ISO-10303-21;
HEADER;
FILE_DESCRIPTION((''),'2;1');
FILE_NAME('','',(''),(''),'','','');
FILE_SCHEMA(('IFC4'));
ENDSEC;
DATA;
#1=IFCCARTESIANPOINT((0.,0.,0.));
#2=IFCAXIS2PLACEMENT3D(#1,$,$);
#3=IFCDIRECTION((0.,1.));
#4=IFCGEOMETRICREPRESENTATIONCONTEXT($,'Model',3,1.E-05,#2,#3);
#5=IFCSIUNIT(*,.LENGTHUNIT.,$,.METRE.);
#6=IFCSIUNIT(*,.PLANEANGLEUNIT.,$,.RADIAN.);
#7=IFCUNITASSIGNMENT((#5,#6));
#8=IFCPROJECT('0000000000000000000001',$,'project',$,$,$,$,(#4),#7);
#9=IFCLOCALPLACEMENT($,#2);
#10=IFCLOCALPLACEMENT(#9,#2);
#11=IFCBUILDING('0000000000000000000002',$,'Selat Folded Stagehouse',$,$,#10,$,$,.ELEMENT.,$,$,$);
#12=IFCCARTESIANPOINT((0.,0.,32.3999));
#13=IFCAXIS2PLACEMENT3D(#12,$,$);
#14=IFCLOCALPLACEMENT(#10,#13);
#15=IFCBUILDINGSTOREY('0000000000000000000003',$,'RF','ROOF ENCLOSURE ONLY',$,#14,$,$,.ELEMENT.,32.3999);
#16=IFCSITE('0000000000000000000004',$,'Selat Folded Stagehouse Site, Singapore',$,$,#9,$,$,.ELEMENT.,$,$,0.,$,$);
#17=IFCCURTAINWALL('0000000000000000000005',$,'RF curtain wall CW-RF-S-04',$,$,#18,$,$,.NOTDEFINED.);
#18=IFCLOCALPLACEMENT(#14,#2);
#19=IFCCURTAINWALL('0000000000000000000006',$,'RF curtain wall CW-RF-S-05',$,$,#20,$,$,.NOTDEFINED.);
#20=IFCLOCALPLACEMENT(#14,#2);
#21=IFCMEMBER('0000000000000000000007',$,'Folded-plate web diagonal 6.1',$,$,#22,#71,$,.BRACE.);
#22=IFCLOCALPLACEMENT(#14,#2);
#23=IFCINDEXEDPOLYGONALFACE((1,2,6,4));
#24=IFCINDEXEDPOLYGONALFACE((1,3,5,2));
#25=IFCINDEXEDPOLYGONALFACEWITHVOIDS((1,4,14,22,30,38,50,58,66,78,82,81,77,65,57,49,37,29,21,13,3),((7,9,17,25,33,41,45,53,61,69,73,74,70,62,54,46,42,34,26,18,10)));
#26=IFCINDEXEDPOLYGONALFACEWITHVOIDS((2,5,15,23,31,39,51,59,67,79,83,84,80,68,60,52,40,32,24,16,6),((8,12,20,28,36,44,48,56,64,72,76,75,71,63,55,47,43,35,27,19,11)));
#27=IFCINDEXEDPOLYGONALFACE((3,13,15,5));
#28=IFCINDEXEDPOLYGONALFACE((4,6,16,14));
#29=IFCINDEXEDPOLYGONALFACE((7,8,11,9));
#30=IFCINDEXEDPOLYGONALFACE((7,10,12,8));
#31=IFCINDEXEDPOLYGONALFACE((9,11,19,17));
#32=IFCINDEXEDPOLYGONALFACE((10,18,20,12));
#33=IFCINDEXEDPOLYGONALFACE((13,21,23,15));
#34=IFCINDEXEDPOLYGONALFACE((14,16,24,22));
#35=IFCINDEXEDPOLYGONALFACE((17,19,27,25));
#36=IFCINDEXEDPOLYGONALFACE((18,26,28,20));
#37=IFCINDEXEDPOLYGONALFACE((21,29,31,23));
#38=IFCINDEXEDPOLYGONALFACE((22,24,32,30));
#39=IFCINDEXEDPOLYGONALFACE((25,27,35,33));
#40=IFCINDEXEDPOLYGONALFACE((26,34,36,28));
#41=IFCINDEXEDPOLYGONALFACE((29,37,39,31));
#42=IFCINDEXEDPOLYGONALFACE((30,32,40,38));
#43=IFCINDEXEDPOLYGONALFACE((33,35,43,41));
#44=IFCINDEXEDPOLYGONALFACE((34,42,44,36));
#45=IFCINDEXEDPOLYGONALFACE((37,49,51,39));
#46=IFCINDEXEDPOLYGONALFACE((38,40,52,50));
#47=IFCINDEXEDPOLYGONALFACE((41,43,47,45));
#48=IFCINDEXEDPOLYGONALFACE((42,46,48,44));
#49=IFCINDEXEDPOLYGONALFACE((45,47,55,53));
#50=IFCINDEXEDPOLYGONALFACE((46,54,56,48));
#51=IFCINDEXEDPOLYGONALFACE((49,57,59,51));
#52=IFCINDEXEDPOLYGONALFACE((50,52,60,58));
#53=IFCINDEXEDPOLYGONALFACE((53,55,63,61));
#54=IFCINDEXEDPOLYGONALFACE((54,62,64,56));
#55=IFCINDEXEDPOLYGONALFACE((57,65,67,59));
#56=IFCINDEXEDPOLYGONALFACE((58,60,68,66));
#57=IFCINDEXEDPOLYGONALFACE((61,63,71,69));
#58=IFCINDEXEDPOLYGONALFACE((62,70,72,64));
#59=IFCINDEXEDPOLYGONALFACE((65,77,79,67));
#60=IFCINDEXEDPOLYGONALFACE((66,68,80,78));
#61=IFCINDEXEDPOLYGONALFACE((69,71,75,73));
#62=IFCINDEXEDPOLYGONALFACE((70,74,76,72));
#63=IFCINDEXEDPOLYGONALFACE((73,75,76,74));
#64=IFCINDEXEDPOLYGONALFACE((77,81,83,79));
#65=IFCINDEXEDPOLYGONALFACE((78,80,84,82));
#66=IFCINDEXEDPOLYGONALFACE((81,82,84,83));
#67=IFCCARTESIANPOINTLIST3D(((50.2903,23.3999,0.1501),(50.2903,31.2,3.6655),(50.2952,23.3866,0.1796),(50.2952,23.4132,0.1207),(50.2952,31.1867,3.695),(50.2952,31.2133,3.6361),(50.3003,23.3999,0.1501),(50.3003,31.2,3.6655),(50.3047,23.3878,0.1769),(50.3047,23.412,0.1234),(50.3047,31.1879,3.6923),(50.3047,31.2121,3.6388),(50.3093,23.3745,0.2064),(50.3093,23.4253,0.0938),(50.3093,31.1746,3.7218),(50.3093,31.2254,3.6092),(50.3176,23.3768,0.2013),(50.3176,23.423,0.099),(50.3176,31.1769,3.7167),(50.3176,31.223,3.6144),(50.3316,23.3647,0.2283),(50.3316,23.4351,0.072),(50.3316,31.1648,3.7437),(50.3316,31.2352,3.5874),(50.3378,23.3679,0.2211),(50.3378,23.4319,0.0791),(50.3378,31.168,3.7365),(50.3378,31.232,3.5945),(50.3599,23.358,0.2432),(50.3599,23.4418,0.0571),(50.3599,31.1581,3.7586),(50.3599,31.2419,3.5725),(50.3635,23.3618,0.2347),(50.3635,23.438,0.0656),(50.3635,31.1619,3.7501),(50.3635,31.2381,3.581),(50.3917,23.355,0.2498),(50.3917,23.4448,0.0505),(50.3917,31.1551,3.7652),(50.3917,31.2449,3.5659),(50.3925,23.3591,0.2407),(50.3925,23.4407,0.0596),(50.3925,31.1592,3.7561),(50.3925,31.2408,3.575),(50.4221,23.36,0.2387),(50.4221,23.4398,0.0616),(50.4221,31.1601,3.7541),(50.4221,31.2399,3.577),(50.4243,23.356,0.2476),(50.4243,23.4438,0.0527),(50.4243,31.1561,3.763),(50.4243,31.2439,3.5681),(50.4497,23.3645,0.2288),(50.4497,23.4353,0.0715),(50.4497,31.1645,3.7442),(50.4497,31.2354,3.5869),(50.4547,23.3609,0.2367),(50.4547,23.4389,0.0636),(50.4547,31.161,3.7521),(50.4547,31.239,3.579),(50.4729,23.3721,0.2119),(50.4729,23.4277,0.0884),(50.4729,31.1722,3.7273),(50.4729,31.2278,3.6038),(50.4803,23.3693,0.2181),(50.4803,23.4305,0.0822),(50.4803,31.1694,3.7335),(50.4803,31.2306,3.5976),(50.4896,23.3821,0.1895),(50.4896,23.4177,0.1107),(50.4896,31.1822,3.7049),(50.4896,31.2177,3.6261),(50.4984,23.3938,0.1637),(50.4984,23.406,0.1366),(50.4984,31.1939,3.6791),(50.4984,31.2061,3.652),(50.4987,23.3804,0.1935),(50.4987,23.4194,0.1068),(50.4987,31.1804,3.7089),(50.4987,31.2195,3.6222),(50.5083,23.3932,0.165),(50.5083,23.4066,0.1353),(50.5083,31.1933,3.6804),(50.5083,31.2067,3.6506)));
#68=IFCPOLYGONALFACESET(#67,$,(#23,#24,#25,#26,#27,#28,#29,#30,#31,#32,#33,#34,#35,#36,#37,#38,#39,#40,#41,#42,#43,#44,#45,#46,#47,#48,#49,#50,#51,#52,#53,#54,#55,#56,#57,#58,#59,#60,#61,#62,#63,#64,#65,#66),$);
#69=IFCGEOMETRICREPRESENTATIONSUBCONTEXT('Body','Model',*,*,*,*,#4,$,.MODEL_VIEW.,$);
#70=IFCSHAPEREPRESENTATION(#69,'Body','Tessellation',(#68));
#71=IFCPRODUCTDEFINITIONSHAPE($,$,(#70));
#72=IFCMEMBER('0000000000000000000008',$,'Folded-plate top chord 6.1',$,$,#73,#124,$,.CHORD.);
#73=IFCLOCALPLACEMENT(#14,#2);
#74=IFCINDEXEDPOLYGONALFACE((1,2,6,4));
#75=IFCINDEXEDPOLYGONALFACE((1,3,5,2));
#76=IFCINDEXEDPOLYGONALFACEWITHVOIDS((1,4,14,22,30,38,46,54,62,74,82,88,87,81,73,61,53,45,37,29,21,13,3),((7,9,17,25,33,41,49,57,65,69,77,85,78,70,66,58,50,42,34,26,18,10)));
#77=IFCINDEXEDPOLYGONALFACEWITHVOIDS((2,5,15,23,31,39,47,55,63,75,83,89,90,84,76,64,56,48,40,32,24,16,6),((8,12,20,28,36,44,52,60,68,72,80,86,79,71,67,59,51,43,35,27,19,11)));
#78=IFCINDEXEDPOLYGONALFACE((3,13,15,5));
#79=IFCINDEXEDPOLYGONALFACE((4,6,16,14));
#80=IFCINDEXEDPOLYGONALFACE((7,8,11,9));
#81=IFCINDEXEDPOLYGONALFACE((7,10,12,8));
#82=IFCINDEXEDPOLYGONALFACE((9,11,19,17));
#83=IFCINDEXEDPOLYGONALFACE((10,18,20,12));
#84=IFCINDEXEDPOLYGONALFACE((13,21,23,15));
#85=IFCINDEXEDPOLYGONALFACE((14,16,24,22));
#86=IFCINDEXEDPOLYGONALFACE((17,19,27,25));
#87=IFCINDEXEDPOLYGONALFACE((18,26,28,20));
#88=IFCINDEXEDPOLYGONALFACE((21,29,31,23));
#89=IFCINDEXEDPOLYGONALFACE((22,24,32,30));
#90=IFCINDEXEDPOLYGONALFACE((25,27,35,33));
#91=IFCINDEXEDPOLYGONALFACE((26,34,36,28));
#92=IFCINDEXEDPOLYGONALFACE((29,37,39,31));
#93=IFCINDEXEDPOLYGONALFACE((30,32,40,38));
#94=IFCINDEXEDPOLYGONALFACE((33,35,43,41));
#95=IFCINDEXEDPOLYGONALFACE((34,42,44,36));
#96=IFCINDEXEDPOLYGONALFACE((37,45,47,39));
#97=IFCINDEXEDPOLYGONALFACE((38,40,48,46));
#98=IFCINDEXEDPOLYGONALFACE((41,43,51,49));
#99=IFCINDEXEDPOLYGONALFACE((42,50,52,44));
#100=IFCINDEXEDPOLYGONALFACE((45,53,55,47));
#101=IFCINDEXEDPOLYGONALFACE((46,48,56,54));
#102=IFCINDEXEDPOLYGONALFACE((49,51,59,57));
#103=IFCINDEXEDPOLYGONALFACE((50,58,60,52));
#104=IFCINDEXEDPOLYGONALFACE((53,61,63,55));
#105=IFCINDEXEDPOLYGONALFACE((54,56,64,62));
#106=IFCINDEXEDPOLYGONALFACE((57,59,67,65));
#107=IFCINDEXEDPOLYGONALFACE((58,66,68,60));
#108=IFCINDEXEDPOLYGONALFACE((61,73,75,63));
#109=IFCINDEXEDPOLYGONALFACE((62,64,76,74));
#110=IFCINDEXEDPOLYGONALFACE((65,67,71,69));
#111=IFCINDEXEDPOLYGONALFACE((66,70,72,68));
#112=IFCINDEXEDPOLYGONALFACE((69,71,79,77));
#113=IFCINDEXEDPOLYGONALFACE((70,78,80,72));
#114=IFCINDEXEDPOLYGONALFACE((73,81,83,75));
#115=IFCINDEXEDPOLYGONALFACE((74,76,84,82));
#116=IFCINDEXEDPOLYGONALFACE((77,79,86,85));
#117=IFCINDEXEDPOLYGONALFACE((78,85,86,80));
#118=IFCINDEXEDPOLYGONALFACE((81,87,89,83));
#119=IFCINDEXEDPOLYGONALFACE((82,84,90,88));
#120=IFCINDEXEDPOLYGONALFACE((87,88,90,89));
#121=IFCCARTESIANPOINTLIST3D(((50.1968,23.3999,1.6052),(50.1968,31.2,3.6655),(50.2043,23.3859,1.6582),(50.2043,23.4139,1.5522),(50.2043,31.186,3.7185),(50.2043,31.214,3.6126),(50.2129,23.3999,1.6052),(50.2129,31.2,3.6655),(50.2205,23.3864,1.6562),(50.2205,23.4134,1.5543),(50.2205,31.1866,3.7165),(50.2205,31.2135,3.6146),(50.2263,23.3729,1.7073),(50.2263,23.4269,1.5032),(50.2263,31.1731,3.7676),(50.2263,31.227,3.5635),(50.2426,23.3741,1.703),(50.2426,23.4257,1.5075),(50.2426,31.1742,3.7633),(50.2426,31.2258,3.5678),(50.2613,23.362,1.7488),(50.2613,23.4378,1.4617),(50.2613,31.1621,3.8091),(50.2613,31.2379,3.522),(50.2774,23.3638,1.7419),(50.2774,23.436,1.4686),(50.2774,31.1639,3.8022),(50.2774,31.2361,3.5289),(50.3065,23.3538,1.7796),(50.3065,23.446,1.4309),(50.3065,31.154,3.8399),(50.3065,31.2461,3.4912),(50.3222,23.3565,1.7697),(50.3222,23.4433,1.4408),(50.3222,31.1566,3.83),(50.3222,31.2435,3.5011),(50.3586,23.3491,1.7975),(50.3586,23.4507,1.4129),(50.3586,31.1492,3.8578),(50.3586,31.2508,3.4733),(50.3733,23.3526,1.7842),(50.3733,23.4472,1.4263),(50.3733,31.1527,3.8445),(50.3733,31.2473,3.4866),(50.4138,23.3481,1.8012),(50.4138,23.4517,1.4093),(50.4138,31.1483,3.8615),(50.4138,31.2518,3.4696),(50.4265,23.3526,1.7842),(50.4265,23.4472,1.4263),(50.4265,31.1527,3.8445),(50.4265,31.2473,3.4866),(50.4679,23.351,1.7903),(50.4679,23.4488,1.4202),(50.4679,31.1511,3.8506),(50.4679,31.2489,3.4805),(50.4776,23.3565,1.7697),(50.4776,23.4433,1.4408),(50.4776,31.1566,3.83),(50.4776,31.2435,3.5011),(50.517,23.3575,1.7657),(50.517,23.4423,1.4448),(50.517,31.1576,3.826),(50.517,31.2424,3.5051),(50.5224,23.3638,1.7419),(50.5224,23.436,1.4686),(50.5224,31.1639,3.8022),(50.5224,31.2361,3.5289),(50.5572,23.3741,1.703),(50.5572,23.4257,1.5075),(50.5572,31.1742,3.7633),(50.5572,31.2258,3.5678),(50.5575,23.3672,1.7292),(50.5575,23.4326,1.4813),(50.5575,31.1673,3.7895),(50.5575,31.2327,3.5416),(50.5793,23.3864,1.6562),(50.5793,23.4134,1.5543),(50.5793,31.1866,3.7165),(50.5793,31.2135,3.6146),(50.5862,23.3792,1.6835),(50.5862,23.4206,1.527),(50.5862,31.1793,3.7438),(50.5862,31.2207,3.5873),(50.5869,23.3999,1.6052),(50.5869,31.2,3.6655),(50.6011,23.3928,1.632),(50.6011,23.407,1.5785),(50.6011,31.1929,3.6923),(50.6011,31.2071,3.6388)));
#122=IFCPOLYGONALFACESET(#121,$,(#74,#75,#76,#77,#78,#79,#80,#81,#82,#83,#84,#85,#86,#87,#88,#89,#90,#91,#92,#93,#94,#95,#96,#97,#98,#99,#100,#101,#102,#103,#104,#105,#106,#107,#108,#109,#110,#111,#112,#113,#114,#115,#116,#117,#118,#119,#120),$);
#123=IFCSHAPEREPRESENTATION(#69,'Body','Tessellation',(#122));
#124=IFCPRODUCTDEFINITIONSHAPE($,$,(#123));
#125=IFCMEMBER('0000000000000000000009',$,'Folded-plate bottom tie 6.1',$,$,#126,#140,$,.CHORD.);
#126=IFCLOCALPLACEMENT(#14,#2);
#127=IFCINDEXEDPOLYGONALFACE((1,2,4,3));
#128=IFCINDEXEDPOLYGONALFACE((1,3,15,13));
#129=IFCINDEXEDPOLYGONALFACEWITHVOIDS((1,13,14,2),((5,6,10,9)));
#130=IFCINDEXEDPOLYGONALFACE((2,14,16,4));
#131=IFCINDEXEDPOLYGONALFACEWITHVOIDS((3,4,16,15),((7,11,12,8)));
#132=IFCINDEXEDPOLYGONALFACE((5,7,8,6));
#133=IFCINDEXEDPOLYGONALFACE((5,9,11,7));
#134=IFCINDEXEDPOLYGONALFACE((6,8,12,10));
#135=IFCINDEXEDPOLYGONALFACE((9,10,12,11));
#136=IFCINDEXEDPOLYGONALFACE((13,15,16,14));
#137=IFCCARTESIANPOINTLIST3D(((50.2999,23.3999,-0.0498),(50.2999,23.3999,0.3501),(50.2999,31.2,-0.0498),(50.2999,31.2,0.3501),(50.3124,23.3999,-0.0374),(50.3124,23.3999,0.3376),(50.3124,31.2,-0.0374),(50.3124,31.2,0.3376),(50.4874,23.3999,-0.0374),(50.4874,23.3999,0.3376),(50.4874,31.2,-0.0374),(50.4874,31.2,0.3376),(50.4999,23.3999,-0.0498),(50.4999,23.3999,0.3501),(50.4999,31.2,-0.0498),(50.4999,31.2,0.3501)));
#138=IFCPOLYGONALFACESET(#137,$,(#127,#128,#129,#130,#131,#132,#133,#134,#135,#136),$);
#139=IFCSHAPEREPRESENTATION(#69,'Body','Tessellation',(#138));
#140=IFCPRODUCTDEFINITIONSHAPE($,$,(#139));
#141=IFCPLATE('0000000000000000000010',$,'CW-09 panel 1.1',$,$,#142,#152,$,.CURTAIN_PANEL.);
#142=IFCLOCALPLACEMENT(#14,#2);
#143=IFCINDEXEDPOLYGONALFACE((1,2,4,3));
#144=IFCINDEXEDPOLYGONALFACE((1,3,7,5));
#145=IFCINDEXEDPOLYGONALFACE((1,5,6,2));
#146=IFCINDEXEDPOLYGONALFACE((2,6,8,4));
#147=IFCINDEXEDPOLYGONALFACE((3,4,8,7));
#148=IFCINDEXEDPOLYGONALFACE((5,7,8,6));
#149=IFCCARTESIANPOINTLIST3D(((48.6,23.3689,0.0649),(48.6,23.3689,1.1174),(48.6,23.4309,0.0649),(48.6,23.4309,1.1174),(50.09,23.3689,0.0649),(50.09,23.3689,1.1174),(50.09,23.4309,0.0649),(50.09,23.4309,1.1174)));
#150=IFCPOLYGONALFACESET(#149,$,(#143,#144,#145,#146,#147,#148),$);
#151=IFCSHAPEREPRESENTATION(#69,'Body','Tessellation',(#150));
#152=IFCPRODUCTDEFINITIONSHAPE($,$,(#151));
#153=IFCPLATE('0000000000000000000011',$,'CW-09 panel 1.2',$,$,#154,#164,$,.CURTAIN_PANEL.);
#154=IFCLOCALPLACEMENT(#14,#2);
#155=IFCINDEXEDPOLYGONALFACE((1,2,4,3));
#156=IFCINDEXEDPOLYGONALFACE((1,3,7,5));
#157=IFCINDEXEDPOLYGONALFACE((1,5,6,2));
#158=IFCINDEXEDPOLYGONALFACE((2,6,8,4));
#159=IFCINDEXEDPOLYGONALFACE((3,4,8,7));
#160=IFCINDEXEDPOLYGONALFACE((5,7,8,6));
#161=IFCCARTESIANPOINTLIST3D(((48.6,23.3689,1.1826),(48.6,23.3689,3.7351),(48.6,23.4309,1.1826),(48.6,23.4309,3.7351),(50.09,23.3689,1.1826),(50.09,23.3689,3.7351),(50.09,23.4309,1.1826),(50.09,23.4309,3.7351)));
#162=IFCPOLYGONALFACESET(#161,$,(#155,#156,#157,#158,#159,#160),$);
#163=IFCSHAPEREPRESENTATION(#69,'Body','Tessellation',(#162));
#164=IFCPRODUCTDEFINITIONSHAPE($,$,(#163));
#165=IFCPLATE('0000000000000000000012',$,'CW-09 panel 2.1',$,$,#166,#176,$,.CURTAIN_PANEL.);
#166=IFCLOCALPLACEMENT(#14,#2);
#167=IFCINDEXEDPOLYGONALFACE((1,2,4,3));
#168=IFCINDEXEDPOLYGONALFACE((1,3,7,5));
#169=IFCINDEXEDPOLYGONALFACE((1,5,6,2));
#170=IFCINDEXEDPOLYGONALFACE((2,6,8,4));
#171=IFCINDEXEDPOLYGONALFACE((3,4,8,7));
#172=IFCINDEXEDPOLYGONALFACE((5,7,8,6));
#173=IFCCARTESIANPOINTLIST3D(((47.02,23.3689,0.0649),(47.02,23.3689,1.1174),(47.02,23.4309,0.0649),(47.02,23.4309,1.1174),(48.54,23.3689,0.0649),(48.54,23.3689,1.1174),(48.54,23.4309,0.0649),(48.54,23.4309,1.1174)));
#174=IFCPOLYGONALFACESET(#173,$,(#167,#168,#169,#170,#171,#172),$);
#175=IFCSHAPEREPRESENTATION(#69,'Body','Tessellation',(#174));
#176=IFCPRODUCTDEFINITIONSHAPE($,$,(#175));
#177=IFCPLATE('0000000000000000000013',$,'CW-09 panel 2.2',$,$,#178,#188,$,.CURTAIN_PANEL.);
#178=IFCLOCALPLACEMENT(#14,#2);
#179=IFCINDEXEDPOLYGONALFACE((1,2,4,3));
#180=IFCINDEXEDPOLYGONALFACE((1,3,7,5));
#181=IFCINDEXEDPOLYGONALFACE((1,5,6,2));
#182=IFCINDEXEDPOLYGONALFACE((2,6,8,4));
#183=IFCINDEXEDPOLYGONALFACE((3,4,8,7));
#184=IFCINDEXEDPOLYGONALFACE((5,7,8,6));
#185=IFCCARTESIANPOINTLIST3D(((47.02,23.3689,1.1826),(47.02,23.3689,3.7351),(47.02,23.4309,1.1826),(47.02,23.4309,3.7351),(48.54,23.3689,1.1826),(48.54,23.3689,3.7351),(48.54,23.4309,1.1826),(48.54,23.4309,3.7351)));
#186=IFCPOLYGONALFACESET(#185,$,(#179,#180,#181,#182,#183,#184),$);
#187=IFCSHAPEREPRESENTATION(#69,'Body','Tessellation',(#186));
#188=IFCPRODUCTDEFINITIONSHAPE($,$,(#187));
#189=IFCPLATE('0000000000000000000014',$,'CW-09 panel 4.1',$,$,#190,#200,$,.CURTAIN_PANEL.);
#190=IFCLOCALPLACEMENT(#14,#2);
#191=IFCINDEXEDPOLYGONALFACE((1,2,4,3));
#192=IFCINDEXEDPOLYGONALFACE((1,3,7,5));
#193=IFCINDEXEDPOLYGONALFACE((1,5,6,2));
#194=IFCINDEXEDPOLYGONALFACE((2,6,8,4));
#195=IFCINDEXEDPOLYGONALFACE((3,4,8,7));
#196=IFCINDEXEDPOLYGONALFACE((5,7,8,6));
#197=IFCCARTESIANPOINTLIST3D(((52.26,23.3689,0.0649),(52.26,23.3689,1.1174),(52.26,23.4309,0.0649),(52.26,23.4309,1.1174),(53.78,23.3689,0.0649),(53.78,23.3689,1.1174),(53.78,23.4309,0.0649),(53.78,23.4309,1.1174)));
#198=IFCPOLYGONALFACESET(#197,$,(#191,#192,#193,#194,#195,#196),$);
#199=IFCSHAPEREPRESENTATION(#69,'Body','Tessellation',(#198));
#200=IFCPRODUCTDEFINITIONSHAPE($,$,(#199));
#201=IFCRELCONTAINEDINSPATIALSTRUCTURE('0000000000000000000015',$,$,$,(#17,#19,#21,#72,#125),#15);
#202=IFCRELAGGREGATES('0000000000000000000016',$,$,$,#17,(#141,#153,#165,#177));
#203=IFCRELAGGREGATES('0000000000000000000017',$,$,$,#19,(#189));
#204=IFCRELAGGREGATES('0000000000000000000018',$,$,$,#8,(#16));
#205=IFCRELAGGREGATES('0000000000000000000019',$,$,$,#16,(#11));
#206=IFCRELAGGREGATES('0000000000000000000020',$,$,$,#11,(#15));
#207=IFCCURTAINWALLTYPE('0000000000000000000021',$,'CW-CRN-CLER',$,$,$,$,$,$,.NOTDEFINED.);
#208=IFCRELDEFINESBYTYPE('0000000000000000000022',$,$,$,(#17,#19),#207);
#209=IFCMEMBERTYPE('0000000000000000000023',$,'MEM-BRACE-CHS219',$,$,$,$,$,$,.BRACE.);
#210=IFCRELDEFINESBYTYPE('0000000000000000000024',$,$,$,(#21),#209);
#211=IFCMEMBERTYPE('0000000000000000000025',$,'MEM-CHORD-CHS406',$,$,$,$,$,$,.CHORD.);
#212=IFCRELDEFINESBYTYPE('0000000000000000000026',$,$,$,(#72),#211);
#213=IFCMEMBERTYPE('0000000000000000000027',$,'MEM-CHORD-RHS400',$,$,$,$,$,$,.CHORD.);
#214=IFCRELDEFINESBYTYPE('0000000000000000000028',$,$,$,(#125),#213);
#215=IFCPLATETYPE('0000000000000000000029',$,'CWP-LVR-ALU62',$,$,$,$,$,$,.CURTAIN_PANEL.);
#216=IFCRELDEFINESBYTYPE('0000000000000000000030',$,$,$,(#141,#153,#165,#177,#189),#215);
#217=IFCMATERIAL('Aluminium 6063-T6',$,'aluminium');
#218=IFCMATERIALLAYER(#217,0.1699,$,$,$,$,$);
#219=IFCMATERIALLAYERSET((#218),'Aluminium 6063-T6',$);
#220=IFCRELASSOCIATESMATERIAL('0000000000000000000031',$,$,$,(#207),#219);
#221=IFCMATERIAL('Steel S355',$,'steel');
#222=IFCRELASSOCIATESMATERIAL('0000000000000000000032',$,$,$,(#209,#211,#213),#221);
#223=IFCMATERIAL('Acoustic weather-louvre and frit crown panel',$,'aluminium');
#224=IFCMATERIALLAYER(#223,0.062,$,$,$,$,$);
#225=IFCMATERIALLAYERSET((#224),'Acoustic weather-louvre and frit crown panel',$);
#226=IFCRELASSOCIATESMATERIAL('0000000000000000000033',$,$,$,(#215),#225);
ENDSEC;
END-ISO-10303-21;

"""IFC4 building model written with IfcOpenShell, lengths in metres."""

from ifc_helpers import new_model, si_unit, direction, frame, origin, origin_2d, place, context, subcontext, project, spatial, rectangle, hollow_rectangle, hollow_circle, extrude, material, layer, layer_set, material_profile, profile_set, type_object, element, aggregate, save


model = new_model("IFC4")

# Units and contexts
model_context = context("Model", 3, precision=1e-05, world=origin(), true_north=direction((0.0, 1.0)))
body_context = subcontext(model_context, "Body", "Model", "MODEL_VIEW")
ifc_project = project(units=[si_unit("LENGTHUNIT", "METRE"), si_unit("PLANEANGLEUNIT", "RADIAN")], contexts=[model_context])

# Site, building, storey
site_placement = place(None, origin())
site = spatial("IfcSite", under=ifc_project, at=site_placement, Name="Selat Folded Stagehouse Site, Singapore", CompositionType="ELEMENT", RefElevation=0.0)
building_placement = place(site_placement, origin())
building = spatial("IfcBuilding", under=site, at=building_placement, Name="Selat Folded Stagehouse", CompositionType="ELEMENT")
storey_placement = place(building_placement, frame((0.0, 0.0, 32.3999)))
storey = spatial("IfcBuildingStorey", under=building, at=storey_placement, Name="RF", Description="ROOF ENCLOSURE ONLY", CompositionType="ELEMENT", Elevation=32.3999)

# Shared definitions
ifc_material_1 = material(Name="Steel S355", Category="steel")

# Curtain walls
ifc_material_2 = material(Name="Aluminium 6063-T6", Category="aluminium")
ifc_layer_1 = layer(ifc_material_2, 0.1699)
ifc_layer_set_1 = layer_set([ifc_layer_1], Name="Aluminium 6063-T6")
curtain_wall_type = type_object("IfcCurtainWallType", Name="CW-CRN-CLER", PredefinedType="NOTDEFINED", material=ifc_layer_set_1)
curtain_wall_1_placement = place(storey_placement, origin())
curtain_wall_1 = element("IfcCurtainWall", 1, at=curtain_wall_1_placement, inside=storey, type_object=curtain_wall_type, Name="RF curtain wall CW-RF-S-04", PredefinedType="NOTDEFINED")
curtain_wall_2_placement = place(storey_placement, origin())
curtain_wall_2 = element("IfcCurtainWall", 2, at=curtain_wall_2_placement, inside=storey, type_object=curtain_wall_type, Name="RF curtain wall CW-RF-S-05", PredefinedType="NOTDEFINED")

# Members
ifc_material_profile_1 = material_profile(ifc_material_1, hollow_circle(Radius=0.1096, WallThickness=0.01, at=origin_2d()), Name="CHS 219.1x10.0")
ifc_profile_set_1 = profile_set([ifc_material_profile_1], Name="Steel S355")
member_type_1 = type_object("IfcMemberType", Name="MEM-BRACE-CHS219", PredefinedType="BRACE", material=ifc_profile_set_1)
member_1_placement = place(storey_placement, frame((50.3999, 23.3999, 0.1501), z_axis=(0.0, 0.911687, 0.410885), x_axis=(-1.0, 0.0, 0.0)))
element("IfcMember", 3, at=member_1_placement, inside=storey, type_object=member_type_1, Name="Folded-plate web diagonal 6.1", PredefinedType="BRACE", context=body_context, shape_type="SweptSolid", body=[
    extrude(hollow_circle(Radius=0.1096, WallThickness=0.01, at=origin_2d()), origin(), (0.0, 0.0, 1.0), 8.5557),
])
ifc_material_profile_2 = material_profile(ifc_material_1, hollow_circle(Radius=0.2031, WallThickness=0.0161, at=origin_2d()), Name="CHS 406.4x16.0")
ifc_profile_set_2 = profile_set([ifc_material_profile_2], Name="Steel S355")
member_type_2 = type_object("IfcMemberType", Name="MEM-CHORD-CHS406", PredefinedType="CHORD", material=ifc_profile_set_2)
member_2_placement = place(storey_placement, frame((50.3999, 23.3999, 1.6052), z_axis=(0.0, 0.966841, 0.255381), x_axis=(-1.0, 0.0, 0.0)))
element("IfcMember", 4, at=member_2_placement, inside=storey, type_object=member_type_2, Name="Folded-plate top chord 6.1", PredefinedType="CHORD", context=body_context, shape_type="SweptSolid", body=[
    extrude(hollow_circle(Radius=0.2031, WallThickness=0.0161, at=origin_2d()), origin(), (0.0, 0.0, 1.0), 8.0676),
])
ifc_material_profile_3 = material_profile(ifc_material_1, hollow_rectangle(XDim=0.2, YDim=0.3999, WallThickness=0.0125, at=origin_2d()), Name="RHS 400x200x12.5")
ifc_profile_set_3 = profile_set([ifc_material_profile_3], Name="Steel S355")
member_type_3 = type_object("IfcMemberType", Name="MEM-CHORD-RHS400", PredefinedType="CHORD", material=ifc_profile_set_3)
member_3_placement = place(storey_placement, frame((50.3999, 23.3999, 0.1501), z_axis=(0.0, 1.0, 0.0), x_axis=(-1.0, 0.0, 0.0)))
element("IfcMember", 5, at=member_3_placement, inside=storey, type_object=member_type_3, Name="Folded-plate bottom tie 6.1", PredefinedType="CHORD", context=body_context, shape_type="SweptSolid", body=[
    extrude(hollow_rectangle(XDim=0.2, YDim=0.3999, WallThickness=0.0125, at=origin_2d()), origin(), (0.0, 0.0, 1.0), 7.8),
])

# Plates
ifc_material_3 = material(Name="Acoustic weather-louvre and frit crown panel", Category="aluminium")
ifc_layer_2 = layer(ifc_material_3, 0.062)
ifc_layer_set_2 = layer_set([ifc_layer_2], Name="Acoustic weather-louvre and frit crown panel")
plate_type_1 = type_object("IfcPlateType", Name="CWP-LVR-ALU62", PredefinedType="CURTAIN_PANEL", material=ifc_layer_set_2)
plate_1_placement = place(storey_placement, frame((49.345, 23.3999, 0.0649), z_axis=(0.0, 0.0, 1.0), x_axis=(-1.0, 0.0, 0.0)))
plate_1 = element("IfcPlate", 6, at=plate_1_placement, type_object=plate_type_1, Name="CW-09 panel 1.1", PredefinedType="CURTAIN_PANEL", context=body_context, shape_type="SweptSolid", body=[
    extrude(rectangle(XDim=1.49, YDim=0.062, at=origin_2d()), origin(), (0.0, 0.0, 1.0), 1.0525),
])
plate_2_placement = place(storey_placement, frame((49.345, 23.3999, 1.1826), z_axis=(0.0, 0.0, 1.0), x_axis=(-1.0, 0.0, 0.0)))
plate_2 = element("IfcPlate", 7, at=plate_2_placement, type_object=plate_type_1, Name="CW-09 panel 1.2", PredefinedType="CURTAIN_PANEL", context=body_context, shape_type="SweptSolid", body=[
    extrude(rectangle(XDim=1.49, YDim=0.062, at=origin_2d()), origin(), (0.0, 0.0, 1.0), 2.5525),
])
plate_3_placement = place(storey_placement, frame((47.78, 23.3999, 0.0649), z_axis=(0.0, 0.0, 1.0), x_axis=(-1.0, 0.0, 0.0)))
plate_3 = element("IfcPlate", 8, at=plate_3_placement, type_object=plate_type_1, Name="CW-09 panel 2.1", PredefinedType="CURTAIN_PANEL", context=body_context, shape_type="SweptSolid", body=[
    extrude(rectangle(XDim=1.52, YDim=0.062, at=origin_2d()), origin(), (0.0, 0.0, 1.0), 1.0525),
])
plate_4_placement = place(storey_placement, frame((47.78, 23.3999, 1.1826), z_axis=(0.0, 0.0, 1.0), x_axis=(-1.0, 0.0, 0.0)))
plate_4 = element("IfcPlate", 9, at=plate_4_placement, type_object=plate_type_1, Name="CW-09 panel 2.2", PredefinedType="CURTAIN_PANEL", context=body_context, shape_type="SweptSolid", body=[
    extrude(rectangle(XDim=1.52, YDim=0.062, at=origin_2d()), origin(), (0.0, 0.0, 1.0), 2.5525),
])
aggregate(curtain_wall_1, [plate_1, plate_2, plate_3, plate_4])
plate_5_placement = place(storey_placement, frame((53.02, 23.3999, 0.0649), z_axis=(0.0, 0.0, 1.0), x_axis=(-1.0, 0.0, 0.0)))
plate_5 = element("IfcPlate", 10, at=plate_5_placement, type_object=plate_type_1, Name="CW-09 panel 4.1", PredefinedType="CURTAIN_PANEL", context=body_context, shape_type="SweptSolid", body=[
    extrude(rectangle(XDim=1.52, YDim=0.062, at=origin_2d()), origin(), (0.0, 0.0, 1.0), 1.0525),
])
aggregate(curtain_wall_2, [plate_5])

save(model, "model.ifc")
